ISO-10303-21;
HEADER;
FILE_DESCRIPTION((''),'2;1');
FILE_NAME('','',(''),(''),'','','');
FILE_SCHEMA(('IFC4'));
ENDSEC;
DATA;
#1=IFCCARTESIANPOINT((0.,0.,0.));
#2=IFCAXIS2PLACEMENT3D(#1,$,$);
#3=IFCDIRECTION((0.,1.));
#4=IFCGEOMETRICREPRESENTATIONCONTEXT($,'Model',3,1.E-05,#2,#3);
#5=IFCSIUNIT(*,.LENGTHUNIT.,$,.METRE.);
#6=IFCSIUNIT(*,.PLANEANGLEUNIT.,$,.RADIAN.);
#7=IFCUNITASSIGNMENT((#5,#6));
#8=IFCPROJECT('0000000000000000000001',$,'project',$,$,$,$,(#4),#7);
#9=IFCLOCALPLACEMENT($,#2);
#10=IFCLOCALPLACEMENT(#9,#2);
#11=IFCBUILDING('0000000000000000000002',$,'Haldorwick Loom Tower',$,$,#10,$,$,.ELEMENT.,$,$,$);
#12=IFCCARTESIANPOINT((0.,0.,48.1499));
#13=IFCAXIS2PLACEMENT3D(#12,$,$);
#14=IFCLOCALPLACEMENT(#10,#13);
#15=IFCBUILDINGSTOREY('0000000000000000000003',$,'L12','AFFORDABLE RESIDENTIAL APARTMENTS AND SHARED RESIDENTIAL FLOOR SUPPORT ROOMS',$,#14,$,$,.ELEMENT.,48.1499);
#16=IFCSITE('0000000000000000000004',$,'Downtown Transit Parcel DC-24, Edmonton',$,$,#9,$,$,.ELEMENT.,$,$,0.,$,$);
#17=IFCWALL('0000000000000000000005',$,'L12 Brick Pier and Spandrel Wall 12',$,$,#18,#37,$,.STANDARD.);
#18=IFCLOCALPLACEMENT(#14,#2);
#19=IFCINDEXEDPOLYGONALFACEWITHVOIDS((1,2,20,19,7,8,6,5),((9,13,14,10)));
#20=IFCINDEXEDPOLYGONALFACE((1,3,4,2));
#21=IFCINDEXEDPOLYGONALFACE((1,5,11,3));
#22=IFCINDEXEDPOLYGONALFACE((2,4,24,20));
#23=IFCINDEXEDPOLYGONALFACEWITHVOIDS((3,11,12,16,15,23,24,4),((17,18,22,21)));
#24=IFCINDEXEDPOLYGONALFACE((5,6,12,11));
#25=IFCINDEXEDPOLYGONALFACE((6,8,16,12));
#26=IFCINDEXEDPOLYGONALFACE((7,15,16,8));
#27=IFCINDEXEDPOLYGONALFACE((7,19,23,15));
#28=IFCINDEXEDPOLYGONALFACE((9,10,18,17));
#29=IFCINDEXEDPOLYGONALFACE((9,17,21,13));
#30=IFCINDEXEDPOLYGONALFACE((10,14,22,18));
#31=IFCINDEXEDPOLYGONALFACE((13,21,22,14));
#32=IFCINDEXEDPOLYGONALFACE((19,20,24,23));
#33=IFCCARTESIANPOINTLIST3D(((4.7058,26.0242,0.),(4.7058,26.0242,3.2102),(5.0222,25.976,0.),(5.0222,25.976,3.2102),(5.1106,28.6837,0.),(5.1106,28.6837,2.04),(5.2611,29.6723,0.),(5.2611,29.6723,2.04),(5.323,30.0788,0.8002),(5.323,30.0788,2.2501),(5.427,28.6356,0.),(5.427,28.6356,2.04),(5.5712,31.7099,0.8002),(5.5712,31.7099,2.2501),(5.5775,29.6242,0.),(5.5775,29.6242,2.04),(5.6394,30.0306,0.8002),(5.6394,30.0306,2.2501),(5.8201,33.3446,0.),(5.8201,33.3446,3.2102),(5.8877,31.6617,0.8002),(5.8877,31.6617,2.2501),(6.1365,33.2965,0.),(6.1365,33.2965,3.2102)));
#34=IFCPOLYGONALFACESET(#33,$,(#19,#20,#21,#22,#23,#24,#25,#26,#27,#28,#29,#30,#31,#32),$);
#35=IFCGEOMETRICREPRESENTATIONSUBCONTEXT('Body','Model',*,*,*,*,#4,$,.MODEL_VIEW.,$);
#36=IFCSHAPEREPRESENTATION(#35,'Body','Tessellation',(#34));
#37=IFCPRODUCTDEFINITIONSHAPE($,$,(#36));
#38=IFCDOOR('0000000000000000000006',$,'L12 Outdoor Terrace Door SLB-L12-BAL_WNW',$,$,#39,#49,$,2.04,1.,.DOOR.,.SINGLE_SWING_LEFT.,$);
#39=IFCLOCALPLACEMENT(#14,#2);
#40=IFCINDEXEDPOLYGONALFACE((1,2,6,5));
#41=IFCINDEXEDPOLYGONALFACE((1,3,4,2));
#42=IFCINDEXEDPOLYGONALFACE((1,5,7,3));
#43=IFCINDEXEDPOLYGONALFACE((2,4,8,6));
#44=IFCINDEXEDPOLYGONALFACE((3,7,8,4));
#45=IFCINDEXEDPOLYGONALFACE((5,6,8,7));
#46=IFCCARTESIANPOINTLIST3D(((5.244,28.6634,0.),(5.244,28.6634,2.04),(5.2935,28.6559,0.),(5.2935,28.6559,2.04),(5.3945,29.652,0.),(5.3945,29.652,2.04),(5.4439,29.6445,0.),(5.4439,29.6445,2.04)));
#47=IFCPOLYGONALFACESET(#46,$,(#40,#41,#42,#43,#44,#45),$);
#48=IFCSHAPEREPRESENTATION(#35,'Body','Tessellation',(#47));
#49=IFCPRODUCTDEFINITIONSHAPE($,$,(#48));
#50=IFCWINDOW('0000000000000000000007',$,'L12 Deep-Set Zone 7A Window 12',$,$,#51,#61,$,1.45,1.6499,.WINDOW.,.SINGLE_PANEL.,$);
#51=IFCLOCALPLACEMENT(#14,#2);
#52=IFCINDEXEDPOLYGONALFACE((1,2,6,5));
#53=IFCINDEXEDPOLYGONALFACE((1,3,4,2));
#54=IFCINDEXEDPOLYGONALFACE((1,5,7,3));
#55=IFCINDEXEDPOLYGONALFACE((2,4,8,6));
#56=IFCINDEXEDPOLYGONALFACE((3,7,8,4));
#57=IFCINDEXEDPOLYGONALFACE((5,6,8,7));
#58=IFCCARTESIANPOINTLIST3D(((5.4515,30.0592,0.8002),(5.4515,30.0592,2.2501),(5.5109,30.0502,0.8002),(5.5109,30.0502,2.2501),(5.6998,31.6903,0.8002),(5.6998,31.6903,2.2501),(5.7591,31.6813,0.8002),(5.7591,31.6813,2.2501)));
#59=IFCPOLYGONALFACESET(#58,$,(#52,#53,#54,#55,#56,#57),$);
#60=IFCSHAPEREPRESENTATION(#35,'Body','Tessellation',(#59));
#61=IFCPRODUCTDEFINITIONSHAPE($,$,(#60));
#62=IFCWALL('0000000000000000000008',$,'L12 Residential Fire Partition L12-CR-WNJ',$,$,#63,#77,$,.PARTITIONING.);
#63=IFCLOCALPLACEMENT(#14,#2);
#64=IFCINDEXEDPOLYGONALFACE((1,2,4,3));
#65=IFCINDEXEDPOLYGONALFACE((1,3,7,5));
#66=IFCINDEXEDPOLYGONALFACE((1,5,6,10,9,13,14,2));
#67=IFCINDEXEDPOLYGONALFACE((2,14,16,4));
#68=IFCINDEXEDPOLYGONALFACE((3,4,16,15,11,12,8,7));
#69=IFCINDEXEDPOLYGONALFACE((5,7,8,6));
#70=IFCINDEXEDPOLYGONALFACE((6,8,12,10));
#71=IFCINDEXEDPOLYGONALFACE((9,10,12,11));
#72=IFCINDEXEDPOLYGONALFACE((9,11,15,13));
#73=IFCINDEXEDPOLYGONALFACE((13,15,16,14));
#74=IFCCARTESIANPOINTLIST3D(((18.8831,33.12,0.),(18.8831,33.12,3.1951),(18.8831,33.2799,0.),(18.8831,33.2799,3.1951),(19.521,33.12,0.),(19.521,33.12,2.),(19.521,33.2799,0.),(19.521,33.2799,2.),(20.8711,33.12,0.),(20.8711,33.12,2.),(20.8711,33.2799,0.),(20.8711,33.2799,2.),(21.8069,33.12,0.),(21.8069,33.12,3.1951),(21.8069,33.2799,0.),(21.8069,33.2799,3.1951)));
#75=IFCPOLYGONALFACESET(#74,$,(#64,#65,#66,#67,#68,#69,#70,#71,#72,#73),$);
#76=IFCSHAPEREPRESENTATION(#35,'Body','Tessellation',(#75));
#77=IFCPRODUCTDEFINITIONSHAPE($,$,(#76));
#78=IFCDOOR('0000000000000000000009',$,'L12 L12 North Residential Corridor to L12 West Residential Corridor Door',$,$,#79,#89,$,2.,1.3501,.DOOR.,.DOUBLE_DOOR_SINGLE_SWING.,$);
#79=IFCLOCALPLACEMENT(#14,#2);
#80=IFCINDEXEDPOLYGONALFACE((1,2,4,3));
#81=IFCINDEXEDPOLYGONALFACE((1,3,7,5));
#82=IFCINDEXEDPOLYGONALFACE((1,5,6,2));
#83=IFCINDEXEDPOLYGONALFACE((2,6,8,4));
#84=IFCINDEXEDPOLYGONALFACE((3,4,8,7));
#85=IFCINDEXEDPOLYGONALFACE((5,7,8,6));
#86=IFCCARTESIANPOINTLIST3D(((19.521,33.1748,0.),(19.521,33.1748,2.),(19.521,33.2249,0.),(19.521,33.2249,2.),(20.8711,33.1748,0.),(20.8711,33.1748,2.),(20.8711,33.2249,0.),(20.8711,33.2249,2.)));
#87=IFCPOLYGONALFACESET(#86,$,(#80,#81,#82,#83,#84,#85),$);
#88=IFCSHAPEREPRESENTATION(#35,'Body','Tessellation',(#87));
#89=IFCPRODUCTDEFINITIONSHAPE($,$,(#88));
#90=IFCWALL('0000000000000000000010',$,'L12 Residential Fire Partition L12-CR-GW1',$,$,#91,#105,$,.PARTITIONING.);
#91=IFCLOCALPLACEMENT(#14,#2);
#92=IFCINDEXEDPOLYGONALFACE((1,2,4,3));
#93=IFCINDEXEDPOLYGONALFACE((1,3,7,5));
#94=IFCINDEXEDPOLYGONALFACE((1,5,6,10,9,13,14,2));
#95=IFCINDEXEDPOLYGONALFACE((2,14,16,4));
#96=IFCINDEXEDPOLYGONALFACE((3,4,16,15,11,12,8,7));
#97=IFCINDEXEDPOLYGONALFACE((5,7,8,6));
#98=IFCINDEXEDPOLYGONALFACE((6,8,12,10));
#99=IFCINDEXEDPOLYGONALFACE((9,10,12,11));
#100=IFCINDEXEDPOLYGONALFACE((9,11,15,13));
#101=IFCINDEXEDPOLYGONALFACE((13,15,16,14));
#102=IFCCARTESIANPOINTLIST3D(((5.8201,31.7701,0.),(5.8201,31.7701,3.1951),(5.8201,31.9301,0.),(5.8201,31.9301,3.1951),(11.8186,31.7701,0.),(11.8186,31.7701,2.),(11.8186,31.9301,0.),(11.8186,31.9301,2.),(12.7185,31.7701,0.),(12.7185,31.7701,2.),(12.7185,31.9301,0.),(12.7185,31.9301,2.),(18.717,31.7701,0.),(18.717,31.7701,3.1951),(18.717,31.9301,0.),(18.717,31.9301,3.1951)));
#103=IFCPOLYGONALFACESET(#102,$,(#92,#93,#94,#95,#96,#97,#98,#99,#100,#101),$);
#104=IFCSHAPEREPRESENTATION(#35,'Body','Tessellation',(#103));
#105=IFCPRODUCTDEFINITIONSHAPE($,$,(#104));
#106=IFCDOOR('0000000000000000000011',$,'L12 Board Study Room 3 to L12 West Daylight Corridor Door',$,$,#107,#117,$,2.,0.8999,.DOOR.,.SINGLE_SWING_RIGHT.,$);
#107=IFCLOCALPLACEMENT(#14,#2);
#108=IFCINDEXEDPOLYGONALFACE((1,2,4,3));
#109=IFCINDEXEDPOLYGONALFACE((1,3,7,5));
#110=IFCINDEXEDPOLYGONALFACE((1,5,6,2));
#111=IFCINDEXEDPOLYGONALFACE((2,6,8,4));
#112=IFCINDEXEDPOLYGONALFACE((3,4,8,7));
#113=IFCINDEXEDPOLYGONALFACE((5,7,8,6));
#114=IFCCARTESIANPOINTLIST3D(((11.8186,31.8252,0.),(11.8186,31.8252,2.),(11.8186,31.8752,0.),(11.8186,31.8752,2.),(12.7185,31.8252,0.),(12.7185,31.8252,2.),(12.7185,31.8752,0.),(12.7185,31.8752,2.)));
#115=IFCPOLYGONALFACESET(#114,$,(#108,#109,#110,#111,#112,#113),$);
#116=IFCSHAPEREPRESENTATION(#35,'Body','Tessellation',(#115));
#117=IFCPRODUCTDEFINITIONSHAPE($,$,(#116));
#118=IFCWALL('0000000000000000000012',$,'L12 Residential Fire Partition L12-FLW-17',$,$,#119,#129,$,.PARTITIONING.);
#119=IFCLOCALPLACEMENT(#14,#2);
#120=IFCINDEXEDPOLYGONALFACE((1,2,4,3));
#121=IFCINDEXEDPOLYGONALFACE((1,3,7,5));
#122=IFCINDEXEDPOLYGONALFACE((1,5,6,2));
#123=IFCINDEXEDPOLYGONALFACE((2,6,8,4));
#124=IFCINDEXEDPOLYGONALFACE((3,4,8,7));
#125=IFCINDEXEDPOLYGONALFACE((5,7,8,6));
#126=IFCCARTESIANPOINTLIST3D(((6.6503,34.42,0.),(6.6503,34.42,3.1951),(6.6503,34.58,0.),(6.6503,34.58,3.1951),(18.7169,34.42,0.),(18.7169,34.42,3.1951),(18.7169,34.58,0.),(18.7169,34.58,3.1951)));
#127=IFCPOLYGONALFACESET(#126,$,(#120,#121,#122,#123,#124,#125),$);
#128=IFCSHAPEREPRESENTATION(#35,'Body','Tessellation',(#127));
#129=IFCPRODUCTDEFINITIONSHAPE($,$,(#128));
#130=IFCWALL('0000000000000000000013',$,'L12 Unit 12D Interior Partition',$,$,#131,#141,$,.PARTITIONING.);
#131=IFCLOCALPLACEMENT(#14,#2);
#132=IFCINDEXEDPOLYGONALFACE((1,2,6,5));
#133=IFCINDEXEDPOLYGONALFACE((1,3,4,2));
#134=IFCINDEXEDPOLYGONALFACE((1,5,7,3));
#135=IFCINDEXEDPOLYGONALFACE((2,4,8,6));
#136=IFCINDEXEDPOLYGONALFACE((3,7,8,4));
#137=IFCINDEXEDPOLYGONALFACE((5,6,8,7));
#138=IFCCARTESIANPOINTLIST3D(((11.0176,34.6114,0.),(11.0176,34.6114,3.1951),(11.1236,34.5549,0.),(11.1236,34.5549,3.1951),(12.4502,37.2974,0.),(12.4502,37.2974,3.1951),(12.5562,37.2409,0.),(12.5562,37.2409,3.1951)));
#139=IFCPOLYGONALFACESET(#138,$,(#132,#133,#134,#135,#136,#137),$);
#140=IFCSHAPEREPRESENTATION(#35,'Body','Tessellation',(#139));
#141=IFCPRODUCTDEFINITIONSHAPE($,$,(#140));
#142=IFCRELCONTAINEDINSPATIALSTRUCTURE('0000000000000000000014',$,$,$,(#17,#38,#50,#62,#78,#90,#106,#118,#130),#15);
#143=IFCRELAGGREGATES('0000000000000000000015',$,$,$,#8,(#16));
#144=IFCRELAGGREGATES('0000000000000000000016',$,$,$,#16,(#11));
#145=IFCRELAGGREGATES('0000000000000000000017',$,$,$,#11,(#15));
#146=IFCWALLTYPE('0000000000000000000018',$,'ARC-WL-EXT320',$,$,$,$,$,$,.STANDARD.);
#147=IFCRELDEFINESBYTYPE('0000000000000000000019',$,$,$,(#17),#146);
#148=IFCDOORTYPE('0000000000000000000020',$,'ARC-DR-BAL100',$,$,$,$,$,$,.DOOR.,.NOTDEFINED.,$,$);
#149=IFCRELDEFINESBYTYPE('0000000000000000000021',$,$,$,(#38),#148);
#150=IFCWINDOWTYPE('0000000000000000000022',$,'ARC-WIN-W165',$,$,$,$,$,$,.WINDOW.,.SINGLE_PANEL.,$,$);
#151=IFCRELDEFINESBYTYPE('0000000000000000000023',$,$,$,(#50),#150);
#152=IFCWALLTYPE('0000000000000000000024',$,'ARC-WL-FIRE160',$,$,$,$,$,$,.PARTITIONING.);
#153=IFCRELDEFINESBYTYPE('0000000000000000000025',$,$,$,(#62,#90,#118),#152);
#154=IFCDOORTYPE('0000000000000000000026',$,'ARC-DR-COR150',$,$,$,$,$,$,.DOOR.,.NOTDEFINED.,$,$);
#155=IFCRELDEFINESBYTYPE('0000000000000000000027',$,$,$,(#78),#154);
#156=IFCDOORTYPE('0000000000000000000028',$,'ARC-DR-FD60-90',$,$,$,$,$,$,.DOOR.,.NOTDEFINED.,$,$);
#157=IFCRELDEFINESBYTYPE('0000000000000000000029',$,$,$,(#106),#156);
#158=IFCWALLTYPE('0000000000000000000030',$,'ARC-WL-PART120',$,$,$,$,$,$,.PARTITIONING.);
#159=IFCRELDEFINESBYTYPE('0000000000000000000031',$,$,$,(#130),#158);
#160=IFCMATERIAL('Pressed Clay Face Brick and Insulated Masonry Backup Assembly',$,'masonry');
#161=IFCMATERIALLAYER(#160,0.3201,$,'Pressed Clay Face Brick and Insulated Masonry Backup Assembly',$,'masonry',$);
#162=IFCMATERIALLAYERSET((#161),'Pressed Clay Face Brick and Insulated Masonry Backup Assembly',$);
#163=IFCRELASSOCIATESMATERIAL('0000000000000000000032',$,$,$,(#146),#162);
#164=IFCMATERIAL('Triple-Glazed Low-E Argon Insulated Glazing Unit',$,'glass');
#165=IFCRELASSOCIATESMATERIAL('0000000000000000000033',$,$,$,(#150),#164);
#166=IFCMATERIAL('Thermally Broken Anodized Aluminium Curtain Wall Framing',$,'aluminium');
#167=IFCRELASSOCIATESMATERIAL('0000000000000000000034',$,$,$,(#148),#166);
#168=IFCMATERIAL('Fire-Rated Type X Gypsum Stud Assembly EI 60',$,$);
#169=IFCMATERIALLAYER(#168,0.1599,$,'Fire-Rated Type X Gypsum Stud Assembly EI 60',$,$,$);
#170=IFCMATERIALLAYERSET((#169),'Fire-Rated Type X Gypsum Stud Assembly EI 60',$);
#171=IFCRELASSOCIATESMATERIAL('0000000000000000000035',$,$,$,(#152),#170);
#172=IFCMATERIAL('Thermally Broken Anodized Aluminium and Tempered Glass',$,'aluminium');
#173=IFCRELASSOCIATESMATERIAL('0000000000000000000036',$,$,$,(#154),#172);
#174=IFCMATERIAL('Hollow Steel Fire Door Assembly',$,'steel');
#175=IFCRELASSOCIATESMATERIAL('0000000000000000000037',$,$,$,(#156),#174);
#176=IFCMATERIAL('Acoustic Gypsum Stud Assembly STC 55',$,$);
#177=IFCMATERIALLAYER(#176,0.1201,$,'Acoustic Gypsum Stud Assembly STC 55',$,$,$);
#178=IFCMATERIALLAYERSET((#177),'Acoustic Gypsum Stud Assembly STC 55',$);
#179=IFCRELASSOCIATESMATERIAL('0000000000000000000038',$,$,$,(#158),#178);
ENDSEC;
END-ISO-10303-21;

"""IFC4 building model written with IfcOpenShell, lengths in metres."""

from ifc_helpers import new_model, si_unit, direction, frame, frame_2d, origin, place, context, subcontext, project, spatial, rectangle, extrude, material, layer, layer_set, type_object, element, fill, save


model = new_model("IFC4")

# Units and contexts
model_context = context("Model", 3, precision=1e-05, world=origin(), true_north=direction((0.0, 1.0)))
body_context = subcontext(model_context, "Body", "Model", "MODEL_VIEW")
ifc_project = project(units=[si_unit("LENGTHUNIT", "METRE"), si_unit("PLANEANGLEUNIT", "RADIAN")], contexts=[model_context])

# Site, building, storey
site_placement = place(None, origin())
site = spatial("IfcSite", under=ifc_project, at=site_placement, Name="Downtown Transit Parcel DC-24, Edmonton", CompositionType="ELEMENT", RefElevation=0.0)
building_placement = place(site_placement, origin())
building = spatial("IfcBuilding", under=site, at=building_placement, Name="Haldorwick Loom Tower", CompositionType="ELEMENT")
storey_placement = place(building_placement, frame((0.0, 0.0, 48.1499)))
storey = spatial("IfcBuildingStorey", under=building, at=storey_placement, Name="L12", Description="AFFORDABLE RESIDENTIAL APARTMENTS AND SHARED RESIDENTIAL FLOOR SUPPORT ROOMS", CompositionType="ELEMENT", Elevation=48.1499)

# Shared definitions
ifc_material_1 = material(Name="Pressed Clay Face Brick and Insulated Masonry Backup Assembly", Category="masonry")
ifc_layer_1 = layer(ifc_material_1, 0.3201, Name="Pressed Clay Face Brick and Insulated Masonry Backup Assembly", Category="masonry")
ifc_layer_set_1 = layer_set([ifc_layer_1], Name="Pressed Clay Face Brick and Insulated Masonry Backup Assembly")
wall_type_1 = type_object("IfcWallType", Name="ARC-WL-EXT320", PredefinedType="STANDARD", material=ifc_layer_set_1)
ifc_material_2 = material(Name="Triple-Glazed Low-E Argon Insulated Glazing Unit", Category="glass")
window_type = type_object("IfcWindowType", Name="ARC-WIN-W165", PartitioningType="SINGLE_PANEL", PredefinedType="WINDOW", material=ifc_material_2)

# Wall, openings, door, window
wall_1_placement = place(storey_placement, frame((5.9783, 33.3206, 0.0), z_axis=(0.0, 0.0, 1.0), x_axis=(-0.150476, -0.988614, 0.0)))
wall_1 = element("IfcWall", 1, at=wall_1_placement, inside=storey, type_object=wall_type_1, Name="L12 Brick Pier and Spandrel Wall 12", PredefinedType="STANDARD", context=body_context, shape_type="SweptSolid", body=[
    extrude(rectangle(XDim=7.4048, YDim=0.3201, at=frame_2d((3.7024, 0.0))), origin(), (0.0, 0.0, 1.0), 3.2102),
])
opening_1_placement = place(wall_1_placement, frame((3.7146, 0.0, 0.0)))
opening_1 = element("IfcOpeningElement", 2, at=opening_1_placement, cuts=wall_1, PredefinedType="OPENING", context=body_context, shape_type="SweptSolid", body=[
    extrude(rectangle(XDim=1.0, YDim=2.04, at=frame_2d((0.5, 1.02))), frame((0.0, 0.1699, 0.0), z_axis=(0.0, -1.0, 0.0), x_axis=(1.0, 0.0, 0.0)), (0.0, 0.0, 1.0), 0.3401),
])
opening_2_placement = place(wall_1_placement, frame((1.6536, 0.0, 0.8)))
opening_2 = element("IfcOpeningElement", 3, at=opening_2_placement, cuts=wall_1, PredefinedType="OPENING", context=body_context, shape_type="SweptSolid", body=[
    extrude(rectangle(XDim=1.6499, YDim=1.45, at=frame_2d((0.825, 0.7251))), frame((0.0, 0.1699, 0.0), z_axis=(0.0, -1.0, 0.0), x_axis=(1.0, 0.0, 0.0)), (0.0, 0.0, 1.0), 0.3401),
])
ifc_material_3 = material(Name="Thermally Broken Anodized Aluminium Curtain Wall Framing", Category="aluminium")
door_type_1 = type_object("IfcDoorType", Name="ARC-DR-BAL100", OperationType="NOTDEFINED", PredefinedType="DOOR", material=ifc_material_3)
door_1_placement = place(opening_1_placement, origin())
door_1 = element("IfcDoor", 4, at=door_1_placement, inside=storey, type_object=door_type_1, Name="L12 Outdoor Terrace Door SLB-L12-BAL_WNW", OperationType="SINGLE_SWING_LEFT", OverallHeight=2.04, OverallWidth=1.0, PredefinedType="DOOR", context=body_context, shape_type="SweptSolid", body=[
    extrude(rectangle(XDim=1.0, YDim=2.04, at=frame_2d((0.5, 1.02))), frame((0.0, 0.0249, 0.0), z_axis=(0.0, -1.0, 0.0), x_axis=(1.0, 0.0, 0.0)), (0.0, 0.0, 1.0), 0.05),
])
fill(opening_1, door_1)
window_1_placement = place(opening_2_placement, origin())
window_1 = element("IfcWindow", 5, at=window_1_placement, inside=storey, type_object=window_type, Name="L12 Deep-Set Zone 7A Window 12", OverallHeight=1.45, OverallWidth=1.6499, PartitioningType="SINGLE_PANEL", PredefinedType="WINDOW", context=body_context, shape_type="SweptSolid", body=[
    extrude(rectangle(XDim=1.6499, YDim=1.45, at=frame_2d((0.825, 0.7251))), frame((0.0, 0.03, 0.0), z_axis=(0.0, -1.0, 0.0), x_axis=(1.0, 0.0, 0.0)), (0.0, 0.0, 1.0), 0.0601),
])
fill(opening_2, window_1)

# Walls, openings, doors
ifc_material_4 = material(Name="Fire-Rated Type X Gypsum Stud Assembly EI 60")
ifc_layer_2 = layer(ifc_material_4, 0.1599, Name="Fire-Rated Type X Gypsum Stud Assembly EI 60")
ifc_layer_set_2 = layer_set([ifc_layer_2], Name="Fire-Rated Type X Gypsum Stud Assembly EI 60")
wall_type_2 = type_object("IfcWallType", Name="ARC-WL-FIRE160", PredefinedType="PARTITIONING", material=ifc_layer_set_2)
wall_2_placement = place(storey_placement, frame((18.8831, 33.2, 0.0), z_axis=(0.0, 0.0, 1.0), x_axis=(1.0, 0.0, 0.0)))
wall_2 = element("IfcWall", 6, at=wall_2_placement, inside=storey, type_object=wall_type_2, Name="L12 Residential Fire Partition L12-CR-WNJ", PredefinedType="PARTITIONING", context=body_context, shape_type="SweptSolid", body=[
    extrude(rectangle(XDim=2.9238, YDim=0.1599, at=frame_2d((1.4619, 0.0))), origin(), (0.0, 0.0, 1.0), 3.1951),
])
opening_3_placement = place(wall_2_placement, frame((0.6379, 0.0, 0.0)))
opening_3 = element("IfcOpeningElement", 7, at=opening_3_placement, cuts=wall_2, PredefinedType="OPENING", context=body_context, shape_type="SweptSolid", body=[
    extrude(rectangle(XDim=1.3501, YDim=2.0, at=frame_2d((0.675, 1.0))), frame((0.0, 0.0898, 0.0), z_axis=(0.0, -1.0, 0.0), x_axis=(1.0, 0.0, 0.0)), (0.0, 0.0, 1.0), 0.1799),
])
ifc_material_5 = material(Name="Thermally Broken Anodized Aluminium and Tempered Glass", Category="aluminium")
door_type_2 = type_object("IfcDoorType", Name="ARC-DR-COR150", OperationType="NOTDEFINED", PredefinedType="DOOR", material=ifc_material_5)
door_2_placement = place(opening_3_placement, origin())
door_2 = element("IfcDoor", 8, at=door_2_placement, inside=storey, type_object=door_type_2, Name="L12 L12 North Residential Corridor to L12 West Residential Corridor Door", OperationType="DOUBLE_DOOR_SINGLE_SWING", OverallHeight=2.0, OverallWidth=1.3501, PredefinedType="DOOR", context=body_context, shape_type="SweptSolid", body=[
    extrude(rectangle(XDim=1.3501, YDim=2.0, at=frame_2d((0.675, 1.0))), frame((0.0, 0.0249, 0.0), z_axis=(0.0, -1.0, 0.0), x_axis=(1.0, 0.0, 0.0)), (0.0, 0.0, 1.0), 0.05),
])
fill(opening_3, door_2)
wall_3_placement = place(storey_placement, frame((5.8201, 31.8501, 0.0), z_axis=(0.0, 0.0, 1.0), x_axis=(1.0, 0.0, 0.0)))
wall_3 = element("IfcWall", 9, at=wall_3_placement, inside=storey, type_object=wall_type_2, Name="L12 Residential Fire Partition L12-CR-GW1", PredefinedType="PARTITIONING", context=body_context, shape_type="SweptSolid", body=[
    extrude(rectangle(XDim=12.897, YDim=0.1599, at=frame_2d((6.4485, 0.0))), origin(), (0.0, 0.0, 1.0), 3.1951),
])
opening_4_placement = place(wall_3_placement, frame((5.9985, 0.0, 0.0)))
opening_4 = element("IfcOpeningElement", 10, at=opening_4_placement, cuts=wall_3, PredefinedType="OPENING", context=body_context, shape_type="SweptSolid", body=[
    extrude(rectangle(XDim=0.8999, YDim=2.0, at=frame_2d((0.45, 1.0))), frame((0.0, 0.0898, 0.0), z_axis=(0.0, -1.0, 0.0), x_axis=(1.0, 0.0, 0.0)), (0.0, 0.0, 1.0), 0.1799),
])
ifc_material_6 = material(Name="Hollow Steel Fire Door Assembly", Category="steel")
door_type_3 = type_object("IfcDoorType", Name="ARC-DR-FD60-90", OperationType="NOTDEFINED", PredefinedType="DOOR", material=ifc_material_6)
door_3_placement = place(opening_4_placement, frame((0.8999, 0.0, 0.0), z_axis=(0.0, 0.0, 1.0), x_axis=(-1.0, 0.0, 0.0)))
door_3 = element("IfcDoor", 11, at=door_3_placement, inside=storey, type_object=door_type_3, Name="L12 Board Study Room 3 to L12 West Daylight Corridor Door", OperationType="SINGLE_SWING_RIGHT", OverallHeight=2.0, OverallWidth=0.8999, PredefinedType="DOOR", context=body_context, shape_type="SweptSolid", body=[
    extrude(rectangle(XDim=0.8999, YDim=2.0, at=frame_2d((0.45, 1.0))), frame((0.0, 0.0249, 0.0), z_axis=(0.0, -1.0, 0.0), x_axis=(1.0, 0.0, 0.0)), (0.0, 0.0, 1.0), 0.05),
])
fill(opening_4, door_3)

# Walls
wall_4_placement = place(storey_placement, frame((6.6504, 34.5, 0.0), z_axis=(0.0, 0.0, 1.0), x_axis=(1.0, 0.0, 0.0)))
element("IfcWall", 12, at=wall_4_placement, inside=storey, type_object=wall_type_2, Name="L12 Residential Fire Partition L12-FLW-17", PredefinedType="PARTITIONING", context=body_context, shape_type="SweptSolid", body=[
    extrude(rectangle(XDim=12.0667, YDim=0.1599, at=frame_2d((6.0332, 0.0))), origin(), (0.0, 0.0, 1.0), 3.1951),
])
ifc_material_7 = material(Name="Acoustic Gypsum Stud Assembly STC 55")
ifc_layer_3 = layer(ifc_material_7, 0.1201, Name="Acoustic Gypsum Stud Assembly STC 55")
ifc_layer_set_3 = layer_set([ifc_layer_3], Name="Acoustic Gypsum Stud Assembly STC 55")
wall_type_3 = type_object("IfcWallType", Name="ARC-WL-PART120", PredefinedType="PARTITIONING", material=ifc_layer_set_3)
wall_5_placement = place(storey_placement, frame((12.5032, 37.269, 0.0), z_axis=(0.0, 0.0, 1.0), x_axis=(-0.470605, -0.882344, 0.0)))
element("IfcWall", 13, at=wall_5_placement, inside=storey, type_object=wall_type_3, Name="L12 Unit 12D Interior Partition", PredefinedType="PARTITIONING", context=body_context, shape_type="SweptSolid", body=[
    extrude(rectangle(XDim=3.0442, YDim=0.1201, at=frame_2d((1.522, 0.0))), origin(), (0.0, 0.0, 1.0), 3.1951),
])

save(model, "model.ifc")
